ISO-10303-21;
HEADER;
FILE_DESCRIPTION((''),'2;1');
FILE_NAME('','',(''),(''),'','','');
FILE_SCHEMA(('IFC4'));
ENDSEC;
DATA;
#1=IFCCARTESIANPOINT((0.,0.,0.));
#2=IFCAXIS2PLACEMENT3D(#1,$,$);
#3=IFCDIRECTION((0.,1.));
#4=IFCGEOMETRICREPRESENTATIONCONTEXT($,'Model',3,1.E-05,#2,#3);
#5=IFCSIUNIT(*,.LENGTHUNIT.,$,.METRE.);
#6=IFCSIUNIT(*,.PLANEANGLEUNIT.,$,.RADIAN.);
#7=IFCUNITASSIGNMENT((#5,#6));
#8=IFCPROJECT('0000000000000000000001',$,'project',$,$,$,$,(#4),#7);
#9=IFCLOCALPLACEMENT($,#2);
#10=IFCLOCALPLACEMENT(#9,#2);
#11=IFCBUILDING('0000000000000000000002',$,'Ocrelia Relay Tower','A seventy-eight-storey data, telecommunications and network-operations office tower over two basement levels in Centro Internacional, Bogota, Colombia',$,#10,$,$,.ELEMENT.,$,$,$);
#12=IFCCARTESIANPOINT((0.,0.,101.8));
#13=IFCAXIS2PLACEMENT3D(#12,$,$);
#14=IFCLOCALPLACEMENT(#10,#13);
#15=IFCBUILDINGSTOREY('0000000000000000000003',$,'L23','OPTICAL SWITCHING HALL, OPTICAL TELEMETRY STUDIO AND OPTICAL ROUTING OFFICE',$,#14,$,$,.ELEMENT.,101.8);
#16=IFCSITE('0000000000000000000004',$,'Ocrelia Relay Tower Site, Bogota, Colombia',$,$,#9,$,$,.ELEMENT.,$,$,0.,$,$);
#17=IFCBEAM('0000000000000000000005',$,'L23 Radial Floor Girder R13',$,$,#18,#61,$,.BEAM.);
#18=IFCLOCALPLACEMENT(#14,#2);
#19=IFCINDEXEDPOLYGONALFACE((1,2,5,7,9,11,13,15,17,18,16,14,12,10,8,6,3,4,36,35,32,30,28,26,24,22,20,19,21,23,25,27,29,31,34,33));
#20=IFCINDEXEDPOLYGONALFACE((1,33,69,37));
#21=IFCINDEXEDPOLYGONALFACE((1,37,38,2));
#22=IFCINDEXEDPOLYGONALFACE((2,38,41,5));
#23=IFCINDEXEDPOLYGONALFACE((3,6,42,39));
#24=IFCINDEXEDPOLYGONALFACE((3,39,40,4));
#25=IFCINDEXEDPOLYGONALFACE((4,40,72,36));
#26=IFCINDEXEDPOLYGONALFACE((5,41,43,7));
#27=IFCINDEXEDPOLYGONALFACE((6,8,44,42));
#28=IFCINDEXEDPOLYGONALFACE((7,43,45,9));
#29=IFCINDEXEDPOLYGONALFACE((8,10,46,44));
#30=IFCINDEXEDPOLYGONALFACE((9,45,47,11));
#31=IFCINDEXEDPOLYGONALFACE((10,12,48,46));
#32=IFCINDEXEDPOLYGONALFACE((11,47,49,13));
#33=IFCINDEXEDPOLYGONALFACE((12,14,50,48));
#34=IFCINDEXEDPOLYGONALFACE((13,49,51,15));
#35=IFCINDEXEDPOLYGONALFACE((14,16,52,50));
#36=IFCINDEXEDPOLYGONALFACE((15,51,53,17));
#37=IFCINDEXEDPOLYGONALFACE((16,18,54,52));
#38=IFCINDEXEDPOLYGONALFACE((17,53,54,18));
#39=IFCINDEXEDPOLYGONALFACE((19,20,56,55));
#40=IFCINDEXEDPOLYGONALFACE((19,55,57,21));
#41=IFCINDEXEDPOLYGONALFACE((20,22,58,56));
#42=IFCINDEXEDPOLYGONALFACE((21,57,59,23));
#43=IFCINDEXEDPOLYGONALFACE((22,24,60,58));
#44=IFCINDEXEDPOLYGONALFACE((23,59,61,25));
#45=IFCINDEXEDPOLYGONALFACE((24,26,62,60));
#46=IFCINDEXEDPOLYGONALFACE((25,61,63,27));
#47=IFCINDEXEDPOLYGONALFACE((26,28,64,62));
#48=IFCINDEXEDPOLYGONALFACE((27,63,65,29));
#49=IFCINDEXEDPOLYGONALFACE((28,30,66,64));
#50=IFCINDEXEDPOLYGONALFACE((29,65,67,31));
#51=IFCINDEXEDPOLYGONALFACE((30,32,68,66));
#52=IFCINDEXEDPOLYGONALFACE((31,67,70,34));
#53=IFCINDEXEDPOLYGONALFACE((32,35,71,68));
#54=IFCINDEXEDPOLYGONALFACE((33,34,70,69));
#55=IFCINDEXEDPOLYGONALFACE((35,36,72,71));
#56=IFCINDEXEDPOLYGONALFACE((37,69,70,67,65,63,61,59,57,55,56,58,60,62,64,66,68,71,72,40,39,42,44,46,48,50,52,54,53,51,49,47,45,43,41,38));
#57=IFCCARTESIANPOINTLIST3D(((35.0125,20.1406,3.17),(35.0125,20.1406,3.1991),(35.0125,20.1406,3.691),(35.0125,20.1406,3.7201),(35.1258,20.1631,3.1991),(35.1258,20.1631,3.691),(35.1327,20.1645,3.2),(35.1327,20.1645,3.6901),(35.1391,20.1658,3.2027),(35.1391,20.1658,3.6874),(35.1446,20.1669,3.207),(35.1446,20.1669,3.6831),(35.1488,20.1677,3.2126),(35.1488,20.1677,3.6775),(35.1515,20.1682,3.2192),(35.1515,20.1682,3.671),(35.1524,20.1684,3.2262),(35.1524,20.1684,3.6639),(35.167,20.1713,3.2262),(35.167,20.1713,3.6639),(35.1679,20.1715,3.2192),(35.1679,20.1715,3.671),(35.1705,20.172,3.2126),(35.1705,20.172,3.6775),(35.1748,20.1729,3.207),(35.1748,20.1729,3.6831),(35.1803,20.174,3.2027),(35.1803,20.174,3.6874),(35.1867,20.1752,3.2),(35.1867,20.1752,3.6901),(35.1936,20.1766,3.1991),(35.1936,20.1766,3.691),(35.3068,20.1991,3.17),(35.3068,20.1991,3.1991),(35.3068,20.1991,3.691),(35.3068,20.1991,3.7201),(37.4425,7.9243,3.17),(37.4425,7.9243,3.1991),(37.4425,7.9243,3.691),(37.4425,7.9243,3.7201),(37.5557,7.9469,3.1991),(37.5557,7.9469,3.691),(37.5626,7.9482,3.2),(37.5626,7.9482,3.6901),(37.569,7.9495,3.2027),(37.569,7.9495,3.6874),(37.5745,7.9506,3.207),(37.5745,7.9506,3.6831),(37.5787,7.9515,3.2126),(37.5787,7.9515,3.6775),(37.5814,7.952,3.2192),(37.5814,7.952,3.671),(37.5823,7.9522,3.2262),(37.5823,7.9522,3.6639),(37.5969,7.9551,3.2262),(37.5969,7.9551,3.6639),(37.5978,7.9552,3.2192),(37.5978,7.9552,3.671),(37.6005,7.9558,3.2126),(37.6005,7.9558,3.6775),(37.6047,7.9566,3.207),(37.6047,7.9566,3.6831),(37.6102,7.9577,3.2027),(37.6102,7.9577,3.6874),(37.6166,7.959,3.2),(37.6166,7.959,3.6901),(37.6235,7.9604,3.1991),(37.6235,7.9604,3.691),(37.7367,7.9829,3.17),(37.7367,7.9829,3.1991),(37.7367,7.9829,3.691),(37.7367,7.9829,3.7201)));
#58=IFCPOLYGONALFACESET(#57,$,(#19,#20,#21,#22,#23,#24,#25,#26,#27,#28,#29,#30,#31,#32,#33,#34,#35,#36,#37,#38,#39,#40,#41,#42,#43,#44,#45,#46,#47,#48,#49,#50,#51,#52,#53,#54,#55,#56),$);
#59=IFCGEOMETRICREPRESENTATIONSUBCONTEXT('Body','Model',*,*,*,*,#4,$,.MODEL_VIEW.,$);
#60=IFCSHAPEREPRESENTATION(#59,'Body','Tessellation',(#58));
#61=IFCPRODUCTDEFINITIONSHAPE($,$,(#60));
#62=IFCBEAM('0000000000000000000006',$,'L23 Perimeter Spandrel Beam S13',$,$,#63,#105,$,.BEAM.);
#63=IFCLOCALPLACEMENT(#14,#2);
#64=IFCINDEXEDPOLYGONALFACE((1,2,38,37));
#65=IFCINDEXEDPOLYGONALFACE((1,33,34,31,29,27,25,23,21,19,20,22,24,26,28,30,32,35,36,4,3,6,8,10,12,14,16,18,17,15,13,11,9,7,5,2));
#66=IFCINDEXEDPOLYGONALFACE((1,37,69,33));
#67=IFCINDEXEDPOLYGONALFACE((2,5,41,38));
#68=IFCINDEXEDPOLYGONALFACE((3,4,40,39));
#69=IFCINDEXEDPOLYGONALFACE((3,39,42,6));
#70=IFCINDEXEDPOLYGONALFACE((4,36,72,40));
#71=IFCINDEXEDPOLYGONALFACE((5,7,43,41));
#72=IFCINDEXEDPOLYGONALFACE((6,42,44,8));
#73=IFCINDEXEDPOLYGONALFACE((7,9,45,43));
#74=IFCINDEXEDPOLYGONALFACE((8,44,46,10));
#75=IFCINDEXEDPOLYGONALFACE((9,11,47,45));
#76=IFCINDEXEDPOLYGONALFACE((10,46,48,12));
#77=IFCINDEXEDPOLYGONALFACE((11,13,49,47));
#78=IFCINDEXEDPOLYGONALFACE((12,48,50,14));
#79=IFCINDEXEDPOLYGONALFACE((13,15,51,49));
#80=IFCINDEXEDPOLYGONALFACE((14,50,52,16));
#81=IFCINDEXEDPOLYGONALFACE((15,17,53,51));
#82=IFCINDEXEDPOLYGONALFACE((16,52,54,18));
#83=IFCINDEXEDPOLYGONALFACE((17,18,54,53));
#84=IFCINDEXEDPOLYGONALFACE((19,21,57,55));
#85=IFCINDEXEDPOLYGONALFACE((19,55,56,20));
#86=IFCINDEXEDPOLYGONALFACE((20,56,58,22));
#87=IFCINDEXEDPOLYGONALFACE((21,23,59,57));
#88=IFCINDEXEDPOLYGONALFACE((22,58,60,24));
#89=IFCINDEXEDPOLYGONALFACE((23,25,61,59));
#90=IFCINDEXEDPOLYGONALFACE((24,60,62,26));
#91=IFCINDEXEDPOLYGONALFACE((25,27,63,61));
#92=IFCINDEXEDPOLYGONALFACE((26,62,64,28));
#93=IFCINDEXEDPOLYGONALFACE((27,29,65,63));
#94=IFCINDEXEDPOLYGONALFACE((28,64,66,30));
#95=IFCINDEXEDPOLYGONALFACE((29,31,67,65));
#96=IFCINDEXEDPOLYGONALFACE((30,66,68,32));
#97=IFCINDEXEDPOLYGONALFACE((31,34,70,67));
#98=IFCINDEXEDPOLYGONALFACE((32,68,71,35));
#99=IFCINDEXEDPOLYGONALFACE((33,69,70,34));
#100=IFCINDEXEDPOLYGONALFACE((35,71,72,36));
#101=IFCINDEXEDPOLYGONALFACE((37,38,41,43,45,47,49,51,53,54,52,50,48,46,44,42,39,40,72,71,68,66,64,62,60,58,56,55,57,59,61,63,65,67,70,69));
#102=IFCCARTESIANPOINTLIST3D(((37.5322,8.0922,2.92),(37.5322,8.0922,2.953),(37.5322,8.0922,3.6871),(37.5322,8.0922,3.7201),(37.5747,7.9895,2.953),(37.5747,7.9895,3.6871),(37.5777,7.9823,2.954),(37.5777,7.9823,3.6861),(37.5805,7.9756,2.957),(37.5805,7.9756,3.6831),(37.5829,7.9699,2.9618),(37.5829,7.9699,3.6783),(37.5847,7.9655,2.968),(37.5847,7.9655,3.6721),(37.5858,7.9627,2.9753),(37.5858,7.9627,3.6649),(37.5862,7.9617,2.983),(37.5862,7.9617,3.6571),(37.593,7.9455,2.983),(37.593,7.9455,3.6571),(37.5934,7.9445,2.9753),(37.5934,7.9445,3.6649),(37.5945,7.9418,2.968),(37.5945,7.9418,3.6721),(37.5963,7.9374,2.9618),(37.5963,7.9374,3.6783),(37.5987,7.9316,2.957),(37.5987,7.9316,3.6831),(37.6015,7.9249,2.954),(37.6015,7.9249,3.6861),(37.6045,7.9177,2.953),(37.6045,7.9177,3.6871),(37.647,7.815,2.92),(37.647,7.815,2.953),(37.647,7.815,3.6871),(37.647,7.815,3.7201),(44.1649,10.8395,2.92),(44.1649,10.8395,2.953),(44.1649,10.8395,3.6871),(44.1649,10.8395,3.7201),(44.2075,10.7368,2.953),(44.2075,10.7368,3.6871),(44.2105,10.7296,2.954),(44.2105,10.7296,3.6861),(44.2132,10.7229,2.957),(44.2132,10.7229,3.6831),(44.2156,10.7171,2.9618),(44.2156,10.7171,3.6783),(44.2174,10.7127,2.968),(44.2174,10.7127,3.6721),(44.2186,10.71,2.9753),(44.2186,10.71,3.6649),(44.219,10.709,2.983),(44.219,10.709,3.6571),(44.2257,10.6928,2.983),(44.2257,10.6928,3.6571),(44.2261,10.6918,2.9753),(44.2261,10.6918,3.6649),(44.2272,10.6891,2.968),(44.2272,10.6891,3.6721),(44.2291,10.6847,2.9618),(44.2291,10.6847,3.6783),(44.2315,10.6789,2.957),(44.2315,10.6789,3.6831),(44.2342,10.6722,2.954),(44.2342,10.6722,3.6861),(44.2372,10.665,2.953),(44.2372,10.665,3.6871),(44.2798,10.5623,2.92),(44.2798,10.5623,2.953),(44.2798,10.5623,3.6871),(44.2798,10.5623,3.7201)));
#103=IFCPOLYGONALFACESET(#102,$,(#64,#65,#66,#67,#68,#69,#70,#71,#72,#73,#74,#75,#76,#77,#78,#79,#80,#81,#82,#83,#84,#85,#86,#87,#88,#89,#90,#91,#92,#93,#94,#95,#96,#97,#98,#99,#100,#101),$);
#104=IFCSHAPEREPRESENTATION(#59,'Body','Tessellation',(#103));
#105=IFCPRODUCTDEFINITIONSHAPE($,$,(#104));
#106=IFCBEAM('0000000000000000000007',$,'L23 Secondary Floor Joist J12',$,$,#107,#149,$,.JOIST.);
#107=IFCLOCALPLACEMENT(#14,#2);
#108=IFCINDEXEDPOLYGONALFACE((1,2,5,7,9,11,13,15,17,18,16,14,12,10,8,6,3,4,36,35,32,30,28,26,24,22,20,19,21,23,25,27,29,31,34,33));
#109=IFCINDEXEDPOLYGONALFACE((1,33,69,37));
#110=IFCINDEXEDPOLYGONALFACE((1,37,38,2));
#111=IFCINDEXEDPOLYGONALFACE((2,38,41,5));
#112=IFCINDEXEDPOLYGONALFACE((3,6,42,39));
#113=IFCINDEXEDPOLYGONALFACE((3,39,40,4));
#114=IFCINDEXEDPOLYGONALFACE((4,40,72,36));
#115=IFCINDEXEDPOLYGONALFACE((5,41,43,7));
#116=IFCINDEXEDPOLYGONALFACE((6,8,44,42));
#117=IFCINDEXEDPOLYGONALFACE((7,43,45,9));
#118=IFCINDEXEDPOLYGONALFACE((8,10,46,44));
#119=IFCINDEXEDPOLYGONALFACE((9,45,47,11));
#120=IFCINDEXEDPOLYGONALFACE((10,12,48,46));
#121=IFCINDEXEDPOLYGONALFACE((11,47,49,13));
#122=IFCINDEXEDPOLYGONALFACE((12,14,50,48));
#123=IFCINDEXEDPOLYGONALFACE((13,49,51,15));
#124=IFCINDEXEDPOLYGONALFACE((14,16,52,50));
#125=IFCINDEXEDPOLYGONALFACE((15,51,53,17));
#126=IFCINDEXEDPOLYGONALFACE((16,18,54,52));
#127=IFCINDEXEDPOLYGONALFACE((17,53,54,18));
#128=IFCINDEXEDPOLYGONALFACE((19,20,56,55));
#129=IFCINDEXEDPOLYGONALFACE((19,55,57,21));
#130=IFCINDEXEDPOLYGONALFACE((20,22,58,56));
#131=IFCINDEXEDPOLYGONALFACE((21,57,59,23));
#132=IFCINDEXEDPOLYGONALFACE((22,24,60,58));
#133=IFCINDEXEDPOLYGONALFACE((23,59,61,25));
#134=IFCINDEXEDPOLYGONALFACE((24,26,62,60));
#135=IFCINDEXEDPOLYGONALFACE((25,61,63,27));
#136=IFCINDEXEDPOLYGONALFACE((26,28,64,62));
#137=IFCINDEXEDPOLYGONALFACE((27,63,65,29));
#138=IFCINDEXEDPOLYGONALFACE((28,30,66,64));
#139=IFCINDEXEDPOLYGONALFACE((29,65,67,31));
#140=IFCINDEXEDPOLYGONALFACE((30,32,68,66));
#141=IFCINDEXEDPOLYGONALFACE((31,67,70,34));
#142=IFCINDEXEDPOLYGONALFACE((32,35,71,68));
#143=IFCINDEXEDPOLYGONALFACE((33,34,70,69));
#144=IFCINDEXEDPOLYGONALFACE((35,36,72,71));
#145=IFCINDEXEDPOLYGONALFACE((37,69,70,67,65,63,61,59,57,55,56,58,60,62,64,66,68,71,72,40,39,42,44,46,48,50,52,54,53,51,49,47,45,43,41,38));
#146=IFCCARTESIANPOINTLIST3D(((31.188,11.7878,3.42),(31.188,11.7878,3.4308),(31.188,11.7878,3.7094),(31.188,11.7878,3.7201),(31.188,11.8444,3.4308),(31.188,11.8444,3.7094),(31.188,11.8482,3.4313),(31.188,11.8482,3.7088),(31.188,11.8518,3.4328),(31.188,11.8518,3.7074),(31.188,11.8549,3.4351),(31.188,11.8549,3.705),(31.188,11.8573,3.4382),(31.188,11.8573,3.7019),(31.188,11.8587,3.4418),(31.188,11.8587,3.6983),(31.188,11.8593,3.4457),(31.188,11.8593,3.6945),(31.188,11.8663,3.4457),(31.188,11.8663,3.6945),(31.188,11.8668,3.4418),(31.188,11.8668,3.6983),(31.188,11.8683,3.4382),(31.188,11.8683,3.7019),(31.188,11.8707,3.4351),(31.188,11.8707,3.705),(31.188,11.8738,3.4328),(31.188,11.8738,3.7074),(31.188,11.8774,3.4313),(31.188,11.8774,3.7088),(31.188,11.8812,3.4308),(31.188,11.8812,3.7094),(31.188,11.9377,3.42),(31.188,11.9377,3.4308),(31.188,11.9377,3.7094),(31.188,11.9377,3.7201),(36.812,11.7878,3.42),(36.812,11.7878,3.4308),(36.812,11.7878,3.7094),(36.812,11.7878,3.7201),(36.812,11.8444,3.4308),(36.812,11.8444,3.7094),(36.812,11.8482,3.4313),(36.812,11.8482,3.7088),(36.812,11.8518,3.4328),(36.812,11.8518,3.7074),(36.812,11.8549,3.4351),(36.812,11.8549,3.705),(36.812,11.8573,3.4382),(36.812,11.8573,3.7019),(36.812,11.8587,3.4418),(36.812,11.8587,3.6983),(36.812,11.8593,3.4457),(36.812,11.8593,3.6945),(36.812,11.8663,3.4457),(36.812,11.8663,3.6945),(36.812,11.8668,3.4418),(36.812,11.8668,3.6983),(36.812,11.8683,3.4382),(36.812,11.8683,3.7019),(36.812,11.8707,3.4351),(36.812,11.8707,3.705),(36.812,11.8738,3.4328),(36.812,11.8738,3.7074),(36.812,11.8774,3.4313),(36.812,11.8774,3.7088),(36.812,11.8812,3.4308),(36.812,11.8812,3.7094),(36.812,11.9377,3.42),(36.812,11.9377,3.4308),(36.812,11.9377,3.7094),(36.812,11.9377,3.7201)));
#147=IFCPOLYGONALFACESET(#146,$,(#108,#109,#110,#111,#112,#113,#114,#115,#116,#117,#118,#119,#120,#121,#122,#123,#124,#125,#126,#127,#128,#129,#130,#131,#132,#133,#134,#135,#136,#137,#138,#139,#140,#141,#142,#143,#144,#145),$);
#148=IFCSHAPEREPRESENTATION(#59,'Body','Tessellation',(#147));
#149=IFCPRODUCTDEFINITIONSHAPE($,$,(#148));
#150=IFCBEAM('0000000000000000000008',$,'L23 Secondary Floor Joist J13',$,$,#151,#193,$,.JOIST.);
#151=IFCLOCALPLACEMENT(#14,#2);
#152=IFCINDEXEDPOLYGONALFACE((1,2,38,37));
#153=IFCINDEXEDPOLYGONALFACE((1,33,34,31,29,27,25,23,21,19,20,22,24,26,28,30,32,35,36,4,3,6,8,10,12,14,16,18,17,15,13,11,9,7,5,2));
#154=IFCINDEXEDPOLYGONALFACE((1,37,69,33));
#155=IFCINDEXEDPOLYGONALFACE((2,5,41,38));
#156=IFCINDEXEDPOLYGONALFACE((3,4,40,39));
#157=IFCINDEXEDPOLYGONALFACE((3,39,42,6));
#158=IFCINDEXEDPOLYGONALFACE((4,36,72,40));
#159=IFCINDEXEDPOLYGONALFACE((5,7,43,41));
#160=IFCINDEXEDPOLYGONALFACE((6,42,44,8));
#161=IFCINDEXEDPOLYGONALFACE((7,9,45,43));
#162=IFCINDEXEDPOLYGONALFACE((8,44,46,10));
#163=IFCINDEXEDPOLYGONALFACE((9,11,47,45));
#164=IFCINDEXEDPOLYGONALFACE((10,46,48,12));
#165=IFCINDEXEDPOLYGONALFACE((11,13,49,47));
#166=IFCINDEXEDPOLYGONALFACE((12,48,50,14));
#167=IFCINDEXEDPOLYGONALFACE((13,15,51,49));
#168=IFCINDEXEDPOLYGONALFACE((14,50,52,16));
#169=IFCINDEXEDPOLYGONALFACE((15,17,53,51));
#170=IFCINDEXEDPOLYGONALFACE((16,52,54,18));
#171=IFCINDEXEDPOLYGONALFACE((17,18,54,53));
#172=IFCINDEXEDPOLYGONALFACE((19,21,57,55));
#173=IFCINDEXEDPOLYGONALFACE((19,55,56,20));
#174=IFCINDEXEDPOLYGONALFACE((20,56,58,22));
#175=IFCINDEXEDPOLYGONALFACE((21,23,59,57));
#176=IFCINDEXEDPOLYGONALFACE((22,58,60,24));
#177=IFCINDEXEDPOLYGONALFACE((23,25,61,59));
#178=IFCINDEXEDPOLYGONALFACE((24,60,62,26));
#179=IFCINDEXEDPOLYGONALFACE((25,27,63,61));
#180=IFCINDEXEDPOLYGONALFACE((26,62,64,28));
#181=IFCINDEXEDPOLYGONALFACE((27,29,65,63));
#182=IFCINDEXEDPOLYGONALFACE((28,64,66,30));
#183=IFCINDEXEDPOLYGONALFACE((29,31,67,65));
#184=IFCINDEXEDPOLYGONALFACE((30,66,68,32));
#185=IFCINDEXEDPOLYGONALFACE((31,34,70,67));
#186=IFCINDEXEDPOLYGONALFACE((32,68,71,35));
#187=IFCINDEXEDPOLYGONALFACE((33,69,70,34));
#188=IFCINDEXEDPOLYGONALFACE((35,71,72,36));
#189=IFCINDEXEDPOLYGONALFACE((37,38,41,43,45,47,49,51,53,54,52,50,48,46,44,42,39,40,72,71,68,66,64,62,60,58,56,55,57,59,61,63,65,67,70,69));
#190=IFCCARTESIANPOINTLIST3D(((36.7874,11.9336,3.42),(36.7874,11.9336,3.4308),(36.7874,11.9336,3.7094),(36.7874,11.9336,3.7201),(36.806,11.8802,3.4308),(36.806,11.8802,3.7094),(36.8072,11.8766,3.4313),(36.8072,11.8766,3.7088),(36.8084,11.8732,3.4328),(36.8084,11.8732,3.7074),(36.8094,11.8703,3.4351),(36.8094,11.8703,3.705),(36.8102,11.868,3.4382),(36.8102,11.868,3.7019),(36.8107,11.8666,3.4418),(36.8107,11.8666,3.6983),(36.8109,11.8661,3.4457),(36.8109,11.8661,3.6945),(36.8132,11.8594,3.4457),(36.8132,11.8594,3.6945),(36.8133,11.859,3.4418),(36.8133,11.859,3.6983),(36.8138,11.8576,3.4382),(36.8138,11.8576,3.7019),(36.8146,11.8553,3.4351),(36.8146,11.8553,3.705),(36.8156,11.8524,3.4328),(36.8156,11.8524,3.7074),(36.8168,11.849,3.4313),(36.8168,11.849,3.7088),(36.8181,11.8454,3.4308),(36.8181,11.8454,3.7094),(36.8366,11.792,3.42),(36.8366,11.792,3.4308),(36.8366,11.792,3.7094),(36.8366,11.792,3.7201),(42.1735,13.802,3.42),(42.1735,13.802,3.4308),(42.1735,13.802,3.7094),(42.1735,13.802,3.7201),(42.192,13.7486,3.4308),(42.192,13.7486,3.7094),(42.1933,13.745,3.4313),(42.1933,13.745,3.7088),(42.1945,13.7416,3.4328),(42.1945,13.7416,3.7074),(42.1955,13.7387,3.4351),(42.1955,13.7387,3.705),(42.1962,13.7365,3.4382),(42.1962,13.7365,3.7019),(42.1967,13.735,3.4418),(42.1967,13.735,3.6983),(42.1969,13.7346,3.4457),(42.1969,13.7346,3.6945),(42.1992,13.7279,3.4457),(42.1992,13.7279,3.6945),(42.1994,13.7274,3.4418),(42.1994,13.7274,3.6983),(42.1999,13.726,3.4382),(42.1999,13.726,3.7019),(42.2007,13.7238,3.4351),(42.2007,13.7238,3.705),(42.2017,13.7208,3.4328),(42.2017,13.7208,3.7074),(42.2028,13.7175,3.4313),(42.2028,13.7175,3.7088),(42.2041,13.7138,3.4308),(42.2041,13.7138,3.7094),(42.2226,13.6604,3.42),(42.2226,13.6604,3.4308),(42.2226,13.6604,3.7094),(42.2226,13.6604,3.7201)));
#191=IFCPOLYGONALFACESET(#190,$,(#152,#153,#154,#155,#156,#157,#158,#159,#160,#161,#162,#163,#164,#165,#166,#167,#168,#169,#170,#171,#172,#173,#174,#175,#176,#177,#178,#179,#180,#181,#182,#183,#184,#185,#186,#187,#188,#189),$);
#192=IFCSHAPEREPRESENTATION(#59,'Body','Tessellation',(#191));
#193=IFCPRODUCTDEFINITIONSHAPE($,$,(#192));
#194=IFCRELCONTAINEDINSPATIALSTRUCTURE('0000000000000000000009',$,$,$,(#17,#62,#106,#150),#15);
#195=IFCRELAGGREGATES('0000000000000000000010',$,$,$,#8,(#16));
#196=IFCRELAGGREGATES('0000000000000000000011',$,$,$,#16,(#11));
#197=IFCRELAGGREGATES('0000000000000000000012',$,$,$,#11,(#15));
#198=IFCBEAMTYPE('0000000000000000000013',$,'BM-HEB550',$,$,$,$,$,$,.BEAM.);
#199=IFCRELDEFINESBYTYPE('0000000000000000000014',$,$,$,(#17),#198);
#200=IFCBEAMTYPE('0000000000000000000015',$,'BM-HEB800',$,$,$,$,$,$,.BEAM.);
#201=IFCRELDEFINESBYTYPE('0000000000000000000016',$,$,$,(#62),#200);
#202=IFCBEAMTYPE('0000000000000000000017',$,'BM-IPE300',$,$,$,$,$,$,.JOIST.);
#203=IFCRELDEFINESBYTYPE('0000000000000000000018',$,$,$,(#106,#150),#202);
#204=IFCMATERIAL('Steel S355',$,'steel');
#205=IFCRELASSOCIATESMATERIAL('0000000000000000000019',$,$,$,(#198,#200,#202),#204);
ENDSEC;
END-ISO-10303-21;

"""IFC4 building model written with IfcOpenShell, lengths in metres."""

from ifc_helpers import new_model, si_unit, direction, frame, origin, origin_2d, place, context, subcontext, project, spatial, i_section, extrude, material, material_profile, profile_set, type_object, element, save


model = new_model("IFC4")

# Units and contexts
model_context = context("Model", 3, precision=1e-05, world=origin(), true_north=direction((0.0, 1.0)))
body_context = subcontext(model_context, "Body", "Model", "MODEL_VIEW")
ifc_project = project(units=[si_unit("LENGTHUNIT", "METRE"), si_unit("PLANEANGLEUNIT", "RADIAN")], contexts=[model_context])

# Site, building, storey
site_placement = place(None, origin())
site = spatial("IfcSite", under=ifc_project, at=site_placement, Name="Ocrelia Relay Tower Site, Bogota, Colombia", CompositionType="ELEMENT", RefElevation=0.0)
building_placement = place(site_placement, origin())
building = spatial("IfcBuilding", under=site, at=building_placement, Name="Ocrelia Relay Tower", Description="A seventy-eight-storey data, telecommunications and network-operations office tower over two basement levels in Centro Internacional, Bogota, Colombia", CompositionType="ELEMENT")
storey_placement = place(building_placement, frame((0.0, 0.0, 101.8)))
storey = spatial("IfcBuildingStorey", under=building, at=storey_placement, Name="L23", Description="OPTICAL SWITCHING HALL, OPTICAL TELEMETRY STUDIO AND OPTICAL ROUTING OFFICE", CompositionType="ELEMENT", Elevation=101.8)

# Beams
ifc_material_1 = material(Name="Steel S355", Category="steel")
ifc_material_profile_1 = material_profile(ifc_material_1, i_section(OverallWidth=0.3, OverallDepth=0.55, WebThickness=0.0149, FlangeThickness=0.0291, FilletRadius=0.0271, at=origin_2d()), Name="HEB 550")
ifc_profile_set_1 = profile_set([ifc_material_profile_1], Name="Steel S355")
beam_type_1 = type_object("IfcBeamType", Name="BM-HEB550", PredefinedType="BEAM", material=ifc_profile_set_1)
beam_1_placement = place(storey_placement, frame((37.5896, 7.9536, 3.4451), z_axis=(-0.195087, 0.980786, 0.0), x_axis=(-0.980786, -0.195087, 0.0)))
element("IfcBeam", 1, at=beam_1_placement, inside=storey, type_object=beam_type_1, Name="L23 Radial Floor Girder R13", PredefinedType="BEAM", context=body_context, shape_type="SweptSolid", body=[
    extrude(i_section(OverallWidth=0.3, OverallDepth=0.55, WebThickness=0.0149, FlangeThickness=0.0291, FilletRadius=0.0271, at=origin_2d()), origin(), (0.0, 0.0, 1.0), 12.4556),
])
ifc_material_profile_2 = material_profile(ifc_material_1, i_section(OverallWidth=0.3, OverallDepth=0.8, WebThickness=0.0176, FlangeThickness=0.033, FilletRadius=0.03, at=origin_2d()), Name="HEB 800")
ifc_profile_set_2 = profile_set([ifc_material_profile_2], Name="Steel S355")
beam_type_2 = type_object("IfcBeamType", Name="BM-HEB800", PredefinedType="BEAM", material=ifc_profile_set_2)
beam_2_placement = place(storey_placement, frame((37.5896, 7.9536, 3.3201), z_axis=(0.923884, 0.382673, 0.0), x_axis=(-0.382673, 0.923884, 0.0)))
element("IfcBeam", 2, at=beam_2_placement, inside=storey, type_object=beam_type_2, Name="L23 Perimeter Spandrel Beam S13", PredefinedType="BEAM", context=body_context, shape_type="SweptSolid", body=[
    extrude(i_section(OverallWidth=0.3, OverallDepth=0.8, WebThickness=0.0176, FlangeThickness=0.033, FilletRadius=0.03, at=origin_2d()), origin(), (0.0, 0.0, 1.0), 7.1792),
])
ifc_material_profile_3 = material_profile(ifc_material_1, i_section(OverallWidth=0.1499, OverallDepth=0.3, WebThickness=0.0071, FlangeThickness=0.0107, FilletRadius=0.0149, at=origin_2d()), Name="IPE 300")
ifc_profile_set_3 = profile_set([ifc_material_profile_3], Name="Steel S355")
beam_type_3 = type_object("IfcBeamType", Name="BM-IPE300", PredefinedType="JOIST", material=ifc_profile_set_3)
beam_3_placement = place(storey_placement, frame((31.188, 11.8628, 3.5701), z_axis=(1.0, 0.0, 0.0), x_axis=(0.0, 1.0, 0.0)))
element("IfcBeam", 3, at=beam_3_placement, inside=storey, type_object=beam_type_3, Name="L23 Secondary Floor Joist J12", PredefinedType="JOIST", context=body_context, shape_type="SweptSolid", body=[
    extrude(i_section(OverallWidth=0.1499, OverallDepth=0.3, WebThickness=0.0071, FlangeThickness=0.0107, FilletRadius=0.0149, at=origin_2d()), origin(), (0.0, 0.0, 1.0), 5.624),
])
beam_4_placement = place(storey_placement, frame((36.812, 11.8628, 3.5701), z_axis=(0.944767, 0.327741, 0.0), x_axis=(-0.327741, 0.944767, 0.0)))
element("IfcBeam", 4, at=beam_4_placement, inside=storey, type_object=beam_type_3, Name="L23 Secondary Floor Joist J13", PredefinedType="JOIST", context=body_context, shape_type="SweptSolid", body=[
    extrude(i_section(OverallWidth=0.1499, OverallDepth=0.3, WebThickness=0.0071, FlangeThickness=0.0107, FilletRadius=0.0149, at=origin_2d()), origin(), (0.0, 0.0, 1.0), 5.7009),
])

save(model, "model.ifc")
